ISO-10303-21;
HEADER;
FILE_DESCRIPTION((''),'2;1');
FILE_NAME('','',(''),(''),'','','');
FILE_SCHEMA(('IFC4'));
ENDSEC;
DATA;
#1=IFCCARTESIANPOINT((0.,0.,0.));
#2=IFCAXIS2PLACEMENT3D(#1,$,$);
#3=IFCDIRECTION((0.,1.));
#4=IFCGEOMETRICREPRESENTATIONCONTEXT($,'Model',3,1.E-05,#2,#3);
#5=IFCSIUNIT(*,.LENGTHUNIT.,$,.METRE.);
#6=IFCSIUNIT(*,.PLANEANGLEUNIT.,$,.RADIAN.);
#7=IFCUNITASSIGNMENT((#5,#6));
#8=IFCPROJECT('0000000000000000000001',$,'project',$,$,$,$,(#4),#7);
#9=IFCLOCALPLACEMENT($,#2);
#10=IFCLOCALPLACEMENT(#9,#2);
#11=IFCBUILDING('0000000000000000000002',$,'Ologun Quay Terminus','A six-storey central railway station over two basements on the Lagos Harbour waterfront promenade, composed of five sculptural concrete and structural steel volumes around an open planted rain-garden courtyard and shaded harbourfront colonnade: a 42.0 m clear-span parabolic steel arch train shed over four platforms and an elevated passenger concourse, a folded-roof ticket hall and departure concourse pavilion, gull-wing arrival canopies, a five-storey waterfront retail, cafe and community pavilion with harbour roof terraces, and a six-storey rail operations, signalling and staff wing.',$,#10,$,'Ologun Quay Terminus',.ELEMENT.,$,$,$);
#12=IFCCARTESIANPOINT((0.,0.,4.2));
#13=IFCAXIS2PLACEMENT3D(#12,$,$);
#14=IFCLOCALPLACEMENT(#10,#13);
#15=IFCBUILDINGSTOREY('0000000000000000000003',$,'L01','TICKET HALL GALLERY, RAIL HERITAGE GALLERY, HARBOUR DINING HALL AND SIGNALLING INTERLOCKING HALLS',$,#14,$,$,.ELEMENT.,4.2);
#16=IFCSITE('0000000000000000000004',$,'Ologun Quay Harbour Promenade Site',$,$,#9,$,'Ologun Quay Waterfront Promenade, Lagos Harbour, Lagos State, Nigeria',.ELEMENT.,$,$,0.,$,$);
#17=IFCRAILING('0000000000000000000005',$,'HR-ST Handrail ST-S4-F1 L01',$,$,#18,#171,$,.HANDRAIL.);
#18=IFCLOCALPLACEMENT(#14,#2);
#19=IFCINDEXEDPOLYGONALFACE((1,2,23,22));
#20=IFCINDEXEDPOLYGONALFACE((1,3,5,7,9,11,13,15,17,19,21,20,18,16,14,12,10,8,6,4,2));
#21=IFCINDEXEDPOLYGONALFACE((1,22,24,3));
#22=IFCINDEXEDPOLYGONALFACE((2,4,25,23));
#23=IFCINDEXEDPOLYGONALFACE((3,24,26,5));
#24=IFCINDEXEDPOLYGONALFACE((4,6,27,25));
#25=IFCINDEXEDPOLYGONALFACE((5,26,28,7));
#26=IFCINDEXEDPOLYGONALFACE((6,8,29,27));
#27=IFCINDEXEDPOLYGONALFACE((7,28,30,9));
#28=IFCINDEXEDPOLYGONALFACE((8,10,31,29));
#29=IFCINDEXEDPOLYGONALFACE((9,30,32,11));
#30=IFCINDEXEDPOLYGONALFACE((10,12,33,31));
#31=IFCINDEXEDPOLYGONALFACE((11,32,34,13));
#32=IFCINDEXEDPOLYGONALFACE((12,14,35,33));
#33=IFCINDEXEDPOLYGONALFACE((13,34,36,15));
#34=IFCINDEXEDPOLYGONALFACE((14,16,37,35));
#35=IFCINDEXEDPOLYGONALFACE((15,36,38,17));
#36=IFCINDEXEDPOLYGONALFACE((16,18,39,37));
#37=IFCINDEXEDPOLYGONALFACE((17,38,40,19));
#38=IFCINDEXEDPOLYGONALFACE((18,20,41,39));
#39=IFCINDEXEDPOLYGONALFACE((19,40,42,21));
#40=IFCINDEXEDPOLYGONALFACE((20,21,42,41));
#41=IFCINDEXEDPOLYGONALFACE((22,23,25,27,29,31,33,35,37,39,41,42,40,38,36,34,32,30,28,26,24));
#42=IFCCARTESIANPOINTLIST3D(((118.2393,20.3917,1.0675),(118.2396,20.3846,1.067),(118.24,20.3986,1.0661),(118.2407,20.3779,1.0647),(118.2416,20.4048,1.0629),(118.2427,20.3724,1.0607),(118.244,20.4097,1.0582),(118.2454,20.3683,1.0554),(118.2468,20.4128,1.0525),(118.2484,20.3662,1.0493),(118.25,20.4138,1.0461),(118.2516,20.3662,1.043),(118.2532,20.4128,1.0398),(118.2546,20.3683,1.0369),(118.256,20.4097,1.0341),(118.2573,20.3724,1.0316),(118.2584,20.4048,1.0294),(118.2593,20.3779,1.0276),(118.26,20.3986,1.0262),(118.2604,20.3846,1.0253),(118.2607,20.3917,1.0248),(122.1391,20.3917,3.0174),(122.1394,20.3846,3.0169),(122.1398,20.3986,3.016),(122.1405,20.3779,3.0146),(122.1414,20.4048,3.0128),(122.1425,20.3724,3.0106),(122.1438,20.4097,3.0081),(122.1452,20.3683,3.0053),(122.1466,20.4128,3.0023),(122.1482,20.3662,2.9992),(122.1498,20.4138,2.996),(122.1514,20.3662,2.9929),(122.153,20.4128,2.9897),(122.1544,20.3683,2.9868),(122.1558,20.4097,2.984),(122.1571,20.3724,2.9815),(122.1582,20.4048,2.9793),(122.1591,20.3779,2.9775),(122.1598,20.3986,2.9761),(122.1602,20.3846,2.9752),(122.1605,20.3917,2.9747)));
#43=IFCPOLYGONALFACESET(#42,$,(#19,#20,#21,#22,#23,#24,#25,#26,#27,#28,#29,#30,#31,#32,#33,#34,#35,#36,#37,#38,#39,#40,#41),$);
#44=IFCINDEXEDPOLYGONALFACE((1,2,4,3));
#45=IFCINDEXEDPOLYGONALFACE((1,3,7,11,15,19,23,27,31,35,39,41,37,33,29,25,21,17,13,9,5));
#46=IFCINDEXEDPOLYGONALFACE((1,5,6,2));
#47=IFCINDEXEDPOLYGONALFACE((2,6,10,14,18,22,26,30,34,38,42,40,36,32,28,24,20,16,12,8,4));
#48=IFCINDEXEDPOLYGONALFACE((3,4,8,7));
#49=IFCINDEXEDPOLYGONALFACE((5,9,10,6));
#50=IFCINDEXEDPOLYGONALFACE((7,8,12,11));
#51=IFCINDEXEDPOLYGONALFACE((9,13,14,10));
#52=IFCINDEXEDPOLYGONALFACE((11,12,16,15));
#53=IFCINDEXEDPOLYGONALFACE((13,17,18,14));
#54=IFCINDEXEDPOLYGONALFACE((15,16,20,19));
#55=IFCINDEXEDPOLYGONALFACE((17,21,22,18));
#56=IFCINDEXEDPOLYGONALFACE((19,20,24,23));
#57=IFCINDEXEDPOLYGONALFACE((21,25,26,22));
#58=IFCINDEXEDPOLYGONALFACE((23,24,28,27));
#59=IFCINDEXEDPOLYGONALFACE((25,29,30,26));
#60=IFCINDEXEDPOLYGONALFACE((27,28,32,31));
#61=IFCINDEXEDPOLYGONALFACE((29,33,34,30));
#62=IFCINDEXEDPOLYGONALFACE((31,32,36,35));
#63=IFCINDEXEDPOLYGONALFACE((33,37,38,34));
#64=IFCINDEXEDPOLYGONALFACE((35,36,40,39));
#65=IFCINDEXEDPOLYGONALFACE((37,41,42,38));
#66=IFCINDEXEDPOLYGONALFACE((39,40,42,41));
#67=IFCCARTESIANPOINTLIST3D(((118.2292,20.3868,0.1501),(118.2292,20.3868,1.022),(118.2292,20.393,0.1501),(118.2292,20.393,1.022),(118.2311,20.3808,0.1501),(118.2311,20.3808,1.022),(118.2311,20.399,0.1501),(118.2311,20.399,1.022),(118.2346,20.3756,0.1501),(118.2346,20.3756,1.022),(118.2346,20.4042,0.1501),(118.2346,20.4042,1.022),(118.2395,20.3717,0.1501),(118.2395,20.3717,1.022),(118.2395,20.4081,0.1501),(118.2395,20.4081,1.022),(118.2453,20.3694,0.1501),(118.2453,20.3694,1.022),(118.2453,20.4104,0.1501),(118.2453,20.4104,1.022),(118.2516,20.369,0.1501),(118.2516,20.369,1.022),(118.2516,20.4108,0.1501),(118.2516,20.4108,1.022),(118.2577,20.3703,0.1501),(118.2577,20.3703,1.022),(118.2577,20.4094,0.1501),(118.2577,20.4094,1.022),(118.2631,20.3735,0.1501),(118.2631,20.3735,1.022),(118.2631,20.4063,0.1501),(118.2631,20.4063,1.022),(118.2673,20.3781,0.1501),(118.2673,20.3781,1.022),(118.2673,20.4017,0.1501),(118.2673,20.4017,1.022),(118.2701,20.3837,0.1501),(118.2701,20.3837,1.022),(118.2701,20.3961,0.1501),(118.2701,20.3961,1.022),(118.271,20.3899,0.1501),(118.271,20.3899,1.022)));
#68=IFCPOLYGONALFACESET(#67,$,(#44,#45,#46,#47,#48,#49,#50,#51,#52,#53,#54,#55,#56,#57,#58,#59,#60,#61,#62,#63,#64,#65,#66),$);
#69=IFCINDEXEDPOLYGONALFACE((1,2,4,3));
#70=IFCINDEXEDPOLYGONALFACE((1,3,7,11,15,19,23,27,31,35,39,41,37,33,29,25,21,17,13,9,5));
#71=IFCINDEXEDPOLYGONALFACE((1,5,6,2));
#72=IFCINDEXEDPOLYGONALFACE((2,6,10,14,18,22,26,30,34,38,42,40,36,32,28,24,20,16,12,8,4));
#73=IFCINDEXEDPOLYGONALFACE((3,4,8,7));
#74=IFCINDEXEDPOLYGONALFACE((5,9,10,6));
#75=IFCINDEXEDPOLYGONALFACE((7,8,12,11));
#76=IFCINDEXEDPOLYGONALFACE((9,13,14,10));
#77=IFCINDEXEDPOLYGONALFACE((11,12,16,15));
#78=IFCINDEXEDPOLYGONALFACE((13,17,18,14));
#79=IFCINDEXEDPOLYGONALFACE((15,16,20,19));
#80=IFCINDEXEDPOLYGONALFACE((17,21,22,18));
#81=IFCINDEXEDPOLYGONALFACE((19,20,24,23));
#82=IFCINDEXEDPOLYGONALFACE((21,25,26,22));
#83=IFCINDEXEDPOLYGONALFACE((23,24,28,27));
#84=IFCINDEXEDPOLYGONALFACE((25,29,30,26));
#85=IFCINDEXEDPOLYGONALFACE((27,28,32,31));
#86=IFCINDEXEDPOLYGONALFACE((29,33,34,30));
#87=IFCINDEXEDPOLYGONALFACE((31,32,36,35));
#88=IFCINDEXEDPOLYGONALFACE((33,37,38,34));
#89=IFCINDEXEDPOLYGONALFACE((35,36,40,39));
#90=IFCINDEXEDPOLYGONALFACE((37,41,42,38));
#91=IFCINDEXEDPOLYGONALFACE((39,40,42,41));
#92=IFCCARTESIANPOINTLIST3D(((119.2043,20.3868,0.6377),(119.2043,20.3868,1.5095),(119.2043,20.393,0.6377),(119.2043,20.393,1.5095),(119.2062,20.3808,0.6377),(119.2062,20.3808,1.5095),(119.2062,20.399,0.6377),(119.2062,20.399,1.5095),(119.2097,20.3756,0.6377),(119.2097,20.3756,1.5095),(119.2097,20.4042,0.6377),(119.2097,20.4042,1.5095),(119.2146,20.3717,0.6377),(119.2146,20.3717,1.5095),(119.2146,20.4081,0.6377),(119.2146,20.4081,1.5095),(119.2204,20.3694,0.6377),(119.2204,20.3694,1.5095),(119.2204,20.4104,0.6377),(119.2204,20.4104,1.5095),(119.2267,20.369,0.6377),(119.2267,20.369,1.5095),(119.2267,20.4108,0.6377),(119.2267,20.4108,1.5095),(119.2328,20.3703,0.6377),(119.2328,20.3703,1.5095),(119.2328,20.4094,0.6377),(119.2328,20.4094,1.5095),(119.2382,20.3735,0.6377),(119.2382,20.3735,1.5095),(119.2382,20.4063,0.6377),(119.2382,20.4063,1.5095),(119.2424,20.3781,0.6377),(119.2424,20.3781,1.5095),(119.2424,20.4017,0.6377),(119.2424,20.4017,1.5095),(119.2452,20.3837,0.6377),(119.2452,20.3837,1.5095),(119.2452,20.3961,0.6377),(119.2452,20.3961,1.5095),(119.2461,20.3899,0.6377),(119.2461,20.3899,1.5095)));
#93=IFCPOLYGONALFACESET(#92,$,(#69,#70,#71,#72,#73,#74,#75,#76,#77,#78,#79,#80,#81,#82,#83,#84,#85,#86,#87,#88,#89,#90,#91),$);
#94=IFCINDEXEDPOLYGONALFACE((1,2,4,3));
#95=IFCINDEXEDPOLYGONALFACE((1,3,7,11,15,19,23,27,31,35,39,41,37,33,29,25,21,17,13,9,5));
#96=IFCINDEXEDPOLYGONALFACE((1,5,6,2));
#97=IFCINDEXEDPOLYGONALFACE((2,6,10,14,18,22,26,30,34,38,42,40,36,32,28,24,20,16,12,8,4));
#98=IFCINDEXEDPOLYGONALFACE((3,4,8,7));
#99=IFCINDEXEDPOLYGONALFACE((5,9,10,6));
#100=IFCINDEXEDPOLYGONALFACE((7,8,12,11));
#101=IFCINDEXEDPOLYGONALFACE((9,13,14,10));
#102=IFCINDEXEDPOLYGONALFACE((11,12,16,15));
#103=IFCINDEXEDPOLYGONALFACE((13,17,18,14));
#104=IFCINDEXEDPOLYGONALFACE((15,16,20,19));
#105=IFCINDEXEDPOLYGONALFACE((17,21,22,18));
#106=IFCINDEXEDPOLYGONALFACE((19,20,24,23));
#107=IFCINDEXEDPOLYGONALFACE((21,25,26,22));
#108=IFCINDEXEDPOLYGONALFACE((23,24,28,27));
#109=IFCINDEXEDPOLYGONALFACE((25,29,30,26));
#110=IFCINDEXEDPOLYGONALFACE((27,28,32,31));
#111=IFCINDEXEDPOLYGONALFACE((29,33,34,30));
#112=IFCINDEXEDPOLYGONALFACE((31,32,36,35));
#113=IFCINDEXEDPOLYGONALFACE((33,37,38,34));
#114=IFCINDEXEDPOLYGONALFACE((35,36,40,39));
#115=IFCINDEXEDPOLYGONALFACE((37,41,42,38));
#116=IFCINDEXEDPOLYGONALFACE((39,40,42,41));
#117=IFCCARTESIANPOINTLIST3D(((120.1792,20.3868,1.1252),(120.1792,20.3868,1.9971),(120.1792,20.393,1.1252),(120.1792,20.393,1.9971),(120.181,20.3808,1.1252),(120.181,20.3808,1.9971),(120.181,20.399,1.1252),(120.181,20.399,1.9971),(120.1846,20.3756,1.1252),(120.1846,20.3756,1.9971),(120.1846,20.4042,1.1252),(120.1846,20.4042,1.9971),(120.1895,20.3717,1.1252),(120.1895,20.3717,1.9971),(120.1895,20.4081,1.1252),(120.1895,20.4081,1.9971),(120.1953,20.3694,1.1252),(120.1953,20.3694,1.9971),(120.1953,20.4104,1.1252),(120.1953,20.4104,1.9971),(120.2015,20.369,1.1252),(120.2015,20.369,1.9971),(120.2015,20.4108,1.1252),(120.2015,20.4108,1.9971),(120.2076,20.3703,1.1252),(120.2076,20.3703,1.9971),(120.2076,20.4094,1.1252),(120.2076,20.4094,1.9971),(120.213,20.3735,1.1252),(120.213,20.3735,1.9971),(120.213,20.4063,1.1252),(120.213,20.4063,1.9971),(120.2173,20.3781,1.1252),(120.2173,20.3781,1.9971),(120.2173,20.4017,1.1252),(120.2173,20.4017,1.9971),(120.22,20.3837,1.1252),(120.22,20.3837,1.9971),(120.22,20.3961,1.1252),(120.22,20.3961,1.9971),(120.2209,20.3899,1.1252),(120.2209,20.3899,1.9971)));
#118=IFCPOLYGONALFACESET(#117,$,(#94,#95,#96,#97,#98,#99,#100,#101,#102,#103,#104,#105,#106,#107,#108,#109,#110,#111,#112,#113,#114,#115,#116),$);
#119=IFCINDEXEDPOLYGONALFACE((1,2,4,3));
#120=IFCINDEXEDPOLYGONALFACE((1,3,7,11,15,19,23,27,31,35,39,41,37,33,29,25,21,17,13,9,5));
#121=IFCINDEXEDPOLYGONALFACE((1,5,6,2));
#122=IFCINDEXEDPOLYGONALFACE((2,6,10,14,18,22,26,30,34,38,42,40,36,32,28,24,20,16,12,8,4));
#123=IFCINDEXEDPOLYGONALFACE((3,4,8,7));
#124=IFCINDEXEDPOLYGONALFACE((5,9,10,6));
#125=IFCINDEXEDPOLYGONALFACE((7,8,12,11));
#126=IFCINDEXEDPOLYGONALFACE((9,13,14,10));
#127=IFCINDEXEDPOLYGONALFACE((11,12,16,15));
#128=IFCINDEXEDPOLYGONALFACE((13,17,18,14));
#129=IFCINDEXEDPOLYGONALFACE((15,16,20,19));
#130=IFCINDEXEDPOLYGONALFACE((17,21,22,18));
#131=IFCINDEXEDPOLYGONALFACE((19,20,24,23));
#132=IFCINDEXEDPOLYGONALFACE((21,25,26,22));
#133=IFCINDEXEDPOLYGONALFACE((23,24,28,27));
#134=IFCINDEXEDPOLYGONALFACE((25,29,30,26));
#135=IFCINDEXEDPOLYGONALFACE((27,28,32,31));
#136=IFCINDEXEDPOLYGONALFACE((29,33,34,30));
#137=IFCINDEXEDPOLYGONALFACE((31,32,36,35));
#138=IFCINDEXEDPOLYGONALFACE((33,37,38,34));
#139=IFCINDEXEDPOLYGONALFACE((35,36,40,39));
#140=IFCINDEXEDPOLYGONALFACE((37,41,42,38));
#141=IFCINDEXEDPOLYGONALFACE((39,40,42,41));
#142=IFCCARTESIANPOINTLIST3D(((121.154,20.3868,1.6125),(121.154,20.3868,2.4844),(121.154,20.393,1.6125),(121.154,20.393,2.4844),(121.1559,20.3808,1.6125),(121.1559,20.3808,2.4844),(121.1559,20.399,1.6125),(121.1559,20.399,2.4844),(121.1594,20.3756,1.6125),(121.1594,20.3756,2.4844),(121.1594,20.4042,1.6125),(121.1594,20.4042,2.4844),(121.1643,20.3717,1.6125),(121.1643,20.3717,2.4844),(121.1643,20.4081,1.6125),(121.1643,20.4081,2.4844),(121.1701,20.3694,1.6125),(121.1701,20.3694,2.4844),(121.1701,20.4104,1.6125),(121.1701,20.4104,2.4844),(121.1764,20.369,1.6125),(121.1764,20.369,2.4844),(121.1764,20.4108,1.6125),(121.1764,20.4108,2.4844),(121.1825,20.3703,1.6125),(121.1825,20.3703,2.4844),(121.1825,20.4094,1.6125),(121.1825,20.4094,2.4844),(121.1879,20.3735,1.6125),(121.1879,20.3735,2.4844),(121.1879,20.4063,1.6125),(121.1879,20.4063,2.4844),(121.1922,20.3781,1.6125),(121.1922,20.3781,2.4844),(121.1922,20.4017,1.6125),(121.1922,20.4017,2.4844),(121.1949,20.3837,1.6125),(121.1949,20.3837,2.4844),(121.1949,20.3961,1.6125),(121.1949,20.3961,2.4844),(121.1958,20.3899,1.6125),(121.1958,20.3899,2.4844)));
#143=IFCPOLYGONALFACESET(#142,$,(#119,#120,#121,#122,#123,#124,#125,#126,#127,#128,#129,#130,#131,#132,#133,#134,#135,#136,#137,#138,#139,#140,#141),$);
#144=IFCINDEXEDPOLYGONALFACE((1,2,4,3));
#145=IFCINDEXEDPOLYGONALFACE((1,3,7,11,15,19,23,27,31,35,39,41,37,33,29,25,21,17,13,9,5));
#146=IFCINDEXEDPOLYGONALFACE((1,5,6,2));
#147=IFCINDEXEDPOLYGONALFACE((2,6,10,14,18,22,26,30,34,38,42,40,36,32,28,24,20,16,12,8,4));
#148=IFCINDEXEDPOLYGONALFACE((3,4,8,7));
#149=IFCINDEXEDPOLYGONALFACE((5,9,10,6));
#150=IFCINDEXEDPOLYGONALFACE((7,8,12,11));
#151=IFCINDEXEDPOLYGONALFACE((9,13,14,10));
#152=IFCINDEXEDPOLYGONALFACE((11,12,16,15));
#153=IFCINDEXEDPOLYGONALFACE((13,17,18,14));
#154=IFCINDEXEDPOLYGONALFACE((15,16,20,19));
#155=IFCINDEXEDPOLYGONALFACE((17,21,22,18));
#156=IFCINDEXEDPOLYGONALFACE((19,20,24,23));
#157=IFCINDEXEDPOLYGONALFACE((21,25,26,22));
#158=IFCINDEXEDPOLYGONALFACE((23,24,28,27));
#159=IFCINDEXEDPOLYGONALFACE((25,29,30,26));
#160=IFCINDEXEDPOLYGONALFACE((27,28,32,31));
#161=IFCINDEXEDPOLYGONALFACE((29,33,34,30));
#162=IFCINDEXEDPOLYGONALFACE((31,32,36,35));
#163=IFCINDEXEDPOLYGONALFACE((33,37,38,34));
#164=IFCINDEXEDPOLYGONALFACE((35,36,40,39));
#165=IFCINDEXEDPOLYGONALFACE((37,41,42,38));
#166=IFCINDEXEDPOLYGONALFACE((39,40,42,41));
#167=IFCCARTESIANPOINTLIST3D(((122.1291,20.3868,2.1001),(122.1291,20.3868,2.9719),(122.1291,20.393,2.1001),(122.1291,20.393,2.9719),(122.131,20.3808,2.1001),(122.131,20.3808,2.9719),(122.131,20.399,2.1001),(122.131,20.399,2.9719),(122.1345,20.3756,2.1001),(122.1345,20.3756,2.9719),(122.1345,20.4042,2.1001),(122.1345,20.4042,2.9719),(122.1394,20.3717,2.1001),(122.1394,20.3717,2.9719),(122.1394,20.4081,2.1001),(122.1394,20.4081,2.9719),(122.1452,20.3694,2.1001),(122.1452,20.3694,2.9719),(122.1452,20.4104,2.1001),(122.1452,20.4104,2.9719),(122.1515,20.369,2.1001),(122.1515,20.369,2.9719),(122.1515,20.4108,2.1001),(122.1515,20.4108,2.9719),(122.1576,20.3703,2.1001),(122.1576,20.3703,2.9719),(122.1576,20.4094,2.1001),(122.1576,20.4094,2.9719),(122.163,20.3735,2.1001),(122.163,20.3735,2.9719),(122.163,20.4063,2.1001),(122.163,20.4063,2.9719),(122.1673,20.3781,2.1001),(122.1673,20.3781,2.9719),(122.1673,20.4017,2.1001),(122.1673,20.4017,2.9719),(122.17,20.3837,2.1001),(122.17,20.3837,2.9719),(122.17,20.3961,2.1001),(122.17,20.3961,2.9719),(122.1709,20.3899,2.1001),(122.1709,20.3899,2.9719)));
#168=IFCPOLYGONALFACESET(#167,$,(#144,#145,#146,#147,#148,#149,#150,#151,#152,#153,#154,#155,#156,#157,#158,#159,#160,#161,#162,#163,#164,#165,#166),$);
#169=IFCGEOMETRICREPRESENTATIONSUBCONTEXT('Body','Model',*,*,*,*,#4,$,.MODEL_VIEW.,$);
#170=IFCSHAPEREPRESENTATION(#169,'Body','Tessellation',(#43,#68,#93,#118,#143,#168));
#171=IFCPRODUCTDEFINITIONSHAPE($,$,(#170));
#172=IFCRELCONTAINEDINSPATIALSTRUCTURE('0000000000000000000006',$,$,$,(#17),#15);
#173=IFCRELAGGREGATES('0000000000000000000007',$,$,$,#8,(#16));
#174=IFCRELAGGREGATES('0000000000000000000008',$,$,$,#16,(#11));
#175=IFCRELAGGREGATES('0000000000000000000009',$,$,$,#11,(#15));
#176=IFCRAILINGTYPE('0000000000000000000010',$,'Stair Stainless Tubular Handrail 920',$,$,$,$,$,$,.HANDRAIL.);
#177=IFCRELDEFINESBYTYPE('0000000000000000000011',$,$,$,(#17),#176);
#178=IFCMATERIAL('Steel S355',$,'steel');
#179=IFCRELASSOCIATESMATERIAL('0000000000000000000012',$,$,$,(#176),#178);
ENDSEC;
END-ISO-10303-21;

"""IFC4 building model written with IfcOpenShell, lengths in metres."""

from ifc_helpers import new_model, si_unit, direction, frame, origin, origin_2d, place, context, subcontext, project, spatial, circle, extrude, material, type_object, element, save


model = new_model("IFC4")

# Units and contexts
model_context = context("Model", 3, precision=1e-05, world=origin(), true_north=direction((0.0, 1.0)))
body_context = subcontext(model_context, "Body", "Model", "MODEL_VIEW")
ifc_project = project(units=[si_unit("LENGTHUNIT", "METRE"), si_unit("PLANEANGLEUNIT", "RADIAN")], contexts=[model_context])

# Site, building, storey
site_placement = place(None, origin())
site = spatial("IfcSite", under=ifc_project, at=site_placement, Name="Ologun Quay Harbour Promenade Site", LongName="Ologun Quay Waterfront Promenade, Lagos Harbour, Lagos State, Nigeria", CompositionType="ELEMENT", RefElevation=0.0)
building_placement = place(site_placement, origin())
building = spatial("IfcBuilding", under=site, at=building_placement, Name="Ologun Quay Terminus", Description="A six-storey central railway station over two basements on the Lagos Harbour waterfront promenade, composed of five sculptural concrete and structural steel volumes around an open planted rain-garden courtyard and shaded harbourfront colonnade: a 42.0 m clear-span parabolic steel arch train shed over four platforms and an elevated passenger concourse, a folded-roof ticket hall and departure concourse pavilion, gull-wing arrival canopies, a five-storey waterfront retail, cafe and community pavilion with harbour roof terraces, and a six-storey rail operations, signalling and staff wing.", LongName="Ologun Quay Terminus", CompositionType="ELEMENT")
storey_placement = place(building_placement, frame((0.0, 0.0, 4.2)))
storey = spatial("IfcBuildingStorey", under=building, at=storey_placement, Name="L01", Description="TICKET HALL GALLERY, RAIL HERITAGE GALLERY, HARBOUR DINING HALL AND SIGNALLING INTERLOCKING HALLS", CompositionType="ELEMENT", Elevation=4.2)

# Railing
ifc_material_1 = material(Name="Steel S355", Category="steel")
railing_type_1 = type_object("IfcRailingType", Name="Stair Stainless Tubular Handrail 920", PredefinedType="HANDRAIL", material=ifc_material_1)
railing_1_placement = place(storey_placement, frame((118.25, 20.3899, 0.1501)))
element("IfcRailing", 1, at=railing_1_placement, inside=storey, type_object=railing_type_1, Name="HR-ST Handrail ST-S4-F1 L01", PredefinedType="HANDRAIL", context=body_context, shape_type="SweptSolid", body=[
    extrude(circle(Radius=0.0239, at=origin_2d()), frame((0.0, 0.0, 0.896), z_axis=(0.894427, 0.0, 0.447214), x_axis=(0.0, 1.0, 0.0)), (0.0, 0.0, 1.0), 4.3601),
    extrude(circle(Radius=0.021, at=origin_2d()), origin(), (0.0, 0.0, 1.0), 0.8718),
    extrude(circle(Radius=0.021, at=origin_2d()), frame((0.9751, 0.0, 0.4875)), (0.0, 0.0, 1.0), 0.8718),
    extrude(circle(Radius=0.021, at=origin_2d()), frame((1.95, 0.0, 0.9751)), (0.0, 0.0, 1.0), 0.8718),
    extrude(circle(Radius=0.021, at=origin_2d()), frame((2.9248, 0.0, 1.4624)), (0.0, 0.0, 1.0), 0.8718),
    extrude(circle(Radius=0.021, at=origin_2d()), frame((3.8999, 0.0, 1.95)), (0.0, 0.0, 1.0), 0.8718),
])

save(model, "model.ifc")
